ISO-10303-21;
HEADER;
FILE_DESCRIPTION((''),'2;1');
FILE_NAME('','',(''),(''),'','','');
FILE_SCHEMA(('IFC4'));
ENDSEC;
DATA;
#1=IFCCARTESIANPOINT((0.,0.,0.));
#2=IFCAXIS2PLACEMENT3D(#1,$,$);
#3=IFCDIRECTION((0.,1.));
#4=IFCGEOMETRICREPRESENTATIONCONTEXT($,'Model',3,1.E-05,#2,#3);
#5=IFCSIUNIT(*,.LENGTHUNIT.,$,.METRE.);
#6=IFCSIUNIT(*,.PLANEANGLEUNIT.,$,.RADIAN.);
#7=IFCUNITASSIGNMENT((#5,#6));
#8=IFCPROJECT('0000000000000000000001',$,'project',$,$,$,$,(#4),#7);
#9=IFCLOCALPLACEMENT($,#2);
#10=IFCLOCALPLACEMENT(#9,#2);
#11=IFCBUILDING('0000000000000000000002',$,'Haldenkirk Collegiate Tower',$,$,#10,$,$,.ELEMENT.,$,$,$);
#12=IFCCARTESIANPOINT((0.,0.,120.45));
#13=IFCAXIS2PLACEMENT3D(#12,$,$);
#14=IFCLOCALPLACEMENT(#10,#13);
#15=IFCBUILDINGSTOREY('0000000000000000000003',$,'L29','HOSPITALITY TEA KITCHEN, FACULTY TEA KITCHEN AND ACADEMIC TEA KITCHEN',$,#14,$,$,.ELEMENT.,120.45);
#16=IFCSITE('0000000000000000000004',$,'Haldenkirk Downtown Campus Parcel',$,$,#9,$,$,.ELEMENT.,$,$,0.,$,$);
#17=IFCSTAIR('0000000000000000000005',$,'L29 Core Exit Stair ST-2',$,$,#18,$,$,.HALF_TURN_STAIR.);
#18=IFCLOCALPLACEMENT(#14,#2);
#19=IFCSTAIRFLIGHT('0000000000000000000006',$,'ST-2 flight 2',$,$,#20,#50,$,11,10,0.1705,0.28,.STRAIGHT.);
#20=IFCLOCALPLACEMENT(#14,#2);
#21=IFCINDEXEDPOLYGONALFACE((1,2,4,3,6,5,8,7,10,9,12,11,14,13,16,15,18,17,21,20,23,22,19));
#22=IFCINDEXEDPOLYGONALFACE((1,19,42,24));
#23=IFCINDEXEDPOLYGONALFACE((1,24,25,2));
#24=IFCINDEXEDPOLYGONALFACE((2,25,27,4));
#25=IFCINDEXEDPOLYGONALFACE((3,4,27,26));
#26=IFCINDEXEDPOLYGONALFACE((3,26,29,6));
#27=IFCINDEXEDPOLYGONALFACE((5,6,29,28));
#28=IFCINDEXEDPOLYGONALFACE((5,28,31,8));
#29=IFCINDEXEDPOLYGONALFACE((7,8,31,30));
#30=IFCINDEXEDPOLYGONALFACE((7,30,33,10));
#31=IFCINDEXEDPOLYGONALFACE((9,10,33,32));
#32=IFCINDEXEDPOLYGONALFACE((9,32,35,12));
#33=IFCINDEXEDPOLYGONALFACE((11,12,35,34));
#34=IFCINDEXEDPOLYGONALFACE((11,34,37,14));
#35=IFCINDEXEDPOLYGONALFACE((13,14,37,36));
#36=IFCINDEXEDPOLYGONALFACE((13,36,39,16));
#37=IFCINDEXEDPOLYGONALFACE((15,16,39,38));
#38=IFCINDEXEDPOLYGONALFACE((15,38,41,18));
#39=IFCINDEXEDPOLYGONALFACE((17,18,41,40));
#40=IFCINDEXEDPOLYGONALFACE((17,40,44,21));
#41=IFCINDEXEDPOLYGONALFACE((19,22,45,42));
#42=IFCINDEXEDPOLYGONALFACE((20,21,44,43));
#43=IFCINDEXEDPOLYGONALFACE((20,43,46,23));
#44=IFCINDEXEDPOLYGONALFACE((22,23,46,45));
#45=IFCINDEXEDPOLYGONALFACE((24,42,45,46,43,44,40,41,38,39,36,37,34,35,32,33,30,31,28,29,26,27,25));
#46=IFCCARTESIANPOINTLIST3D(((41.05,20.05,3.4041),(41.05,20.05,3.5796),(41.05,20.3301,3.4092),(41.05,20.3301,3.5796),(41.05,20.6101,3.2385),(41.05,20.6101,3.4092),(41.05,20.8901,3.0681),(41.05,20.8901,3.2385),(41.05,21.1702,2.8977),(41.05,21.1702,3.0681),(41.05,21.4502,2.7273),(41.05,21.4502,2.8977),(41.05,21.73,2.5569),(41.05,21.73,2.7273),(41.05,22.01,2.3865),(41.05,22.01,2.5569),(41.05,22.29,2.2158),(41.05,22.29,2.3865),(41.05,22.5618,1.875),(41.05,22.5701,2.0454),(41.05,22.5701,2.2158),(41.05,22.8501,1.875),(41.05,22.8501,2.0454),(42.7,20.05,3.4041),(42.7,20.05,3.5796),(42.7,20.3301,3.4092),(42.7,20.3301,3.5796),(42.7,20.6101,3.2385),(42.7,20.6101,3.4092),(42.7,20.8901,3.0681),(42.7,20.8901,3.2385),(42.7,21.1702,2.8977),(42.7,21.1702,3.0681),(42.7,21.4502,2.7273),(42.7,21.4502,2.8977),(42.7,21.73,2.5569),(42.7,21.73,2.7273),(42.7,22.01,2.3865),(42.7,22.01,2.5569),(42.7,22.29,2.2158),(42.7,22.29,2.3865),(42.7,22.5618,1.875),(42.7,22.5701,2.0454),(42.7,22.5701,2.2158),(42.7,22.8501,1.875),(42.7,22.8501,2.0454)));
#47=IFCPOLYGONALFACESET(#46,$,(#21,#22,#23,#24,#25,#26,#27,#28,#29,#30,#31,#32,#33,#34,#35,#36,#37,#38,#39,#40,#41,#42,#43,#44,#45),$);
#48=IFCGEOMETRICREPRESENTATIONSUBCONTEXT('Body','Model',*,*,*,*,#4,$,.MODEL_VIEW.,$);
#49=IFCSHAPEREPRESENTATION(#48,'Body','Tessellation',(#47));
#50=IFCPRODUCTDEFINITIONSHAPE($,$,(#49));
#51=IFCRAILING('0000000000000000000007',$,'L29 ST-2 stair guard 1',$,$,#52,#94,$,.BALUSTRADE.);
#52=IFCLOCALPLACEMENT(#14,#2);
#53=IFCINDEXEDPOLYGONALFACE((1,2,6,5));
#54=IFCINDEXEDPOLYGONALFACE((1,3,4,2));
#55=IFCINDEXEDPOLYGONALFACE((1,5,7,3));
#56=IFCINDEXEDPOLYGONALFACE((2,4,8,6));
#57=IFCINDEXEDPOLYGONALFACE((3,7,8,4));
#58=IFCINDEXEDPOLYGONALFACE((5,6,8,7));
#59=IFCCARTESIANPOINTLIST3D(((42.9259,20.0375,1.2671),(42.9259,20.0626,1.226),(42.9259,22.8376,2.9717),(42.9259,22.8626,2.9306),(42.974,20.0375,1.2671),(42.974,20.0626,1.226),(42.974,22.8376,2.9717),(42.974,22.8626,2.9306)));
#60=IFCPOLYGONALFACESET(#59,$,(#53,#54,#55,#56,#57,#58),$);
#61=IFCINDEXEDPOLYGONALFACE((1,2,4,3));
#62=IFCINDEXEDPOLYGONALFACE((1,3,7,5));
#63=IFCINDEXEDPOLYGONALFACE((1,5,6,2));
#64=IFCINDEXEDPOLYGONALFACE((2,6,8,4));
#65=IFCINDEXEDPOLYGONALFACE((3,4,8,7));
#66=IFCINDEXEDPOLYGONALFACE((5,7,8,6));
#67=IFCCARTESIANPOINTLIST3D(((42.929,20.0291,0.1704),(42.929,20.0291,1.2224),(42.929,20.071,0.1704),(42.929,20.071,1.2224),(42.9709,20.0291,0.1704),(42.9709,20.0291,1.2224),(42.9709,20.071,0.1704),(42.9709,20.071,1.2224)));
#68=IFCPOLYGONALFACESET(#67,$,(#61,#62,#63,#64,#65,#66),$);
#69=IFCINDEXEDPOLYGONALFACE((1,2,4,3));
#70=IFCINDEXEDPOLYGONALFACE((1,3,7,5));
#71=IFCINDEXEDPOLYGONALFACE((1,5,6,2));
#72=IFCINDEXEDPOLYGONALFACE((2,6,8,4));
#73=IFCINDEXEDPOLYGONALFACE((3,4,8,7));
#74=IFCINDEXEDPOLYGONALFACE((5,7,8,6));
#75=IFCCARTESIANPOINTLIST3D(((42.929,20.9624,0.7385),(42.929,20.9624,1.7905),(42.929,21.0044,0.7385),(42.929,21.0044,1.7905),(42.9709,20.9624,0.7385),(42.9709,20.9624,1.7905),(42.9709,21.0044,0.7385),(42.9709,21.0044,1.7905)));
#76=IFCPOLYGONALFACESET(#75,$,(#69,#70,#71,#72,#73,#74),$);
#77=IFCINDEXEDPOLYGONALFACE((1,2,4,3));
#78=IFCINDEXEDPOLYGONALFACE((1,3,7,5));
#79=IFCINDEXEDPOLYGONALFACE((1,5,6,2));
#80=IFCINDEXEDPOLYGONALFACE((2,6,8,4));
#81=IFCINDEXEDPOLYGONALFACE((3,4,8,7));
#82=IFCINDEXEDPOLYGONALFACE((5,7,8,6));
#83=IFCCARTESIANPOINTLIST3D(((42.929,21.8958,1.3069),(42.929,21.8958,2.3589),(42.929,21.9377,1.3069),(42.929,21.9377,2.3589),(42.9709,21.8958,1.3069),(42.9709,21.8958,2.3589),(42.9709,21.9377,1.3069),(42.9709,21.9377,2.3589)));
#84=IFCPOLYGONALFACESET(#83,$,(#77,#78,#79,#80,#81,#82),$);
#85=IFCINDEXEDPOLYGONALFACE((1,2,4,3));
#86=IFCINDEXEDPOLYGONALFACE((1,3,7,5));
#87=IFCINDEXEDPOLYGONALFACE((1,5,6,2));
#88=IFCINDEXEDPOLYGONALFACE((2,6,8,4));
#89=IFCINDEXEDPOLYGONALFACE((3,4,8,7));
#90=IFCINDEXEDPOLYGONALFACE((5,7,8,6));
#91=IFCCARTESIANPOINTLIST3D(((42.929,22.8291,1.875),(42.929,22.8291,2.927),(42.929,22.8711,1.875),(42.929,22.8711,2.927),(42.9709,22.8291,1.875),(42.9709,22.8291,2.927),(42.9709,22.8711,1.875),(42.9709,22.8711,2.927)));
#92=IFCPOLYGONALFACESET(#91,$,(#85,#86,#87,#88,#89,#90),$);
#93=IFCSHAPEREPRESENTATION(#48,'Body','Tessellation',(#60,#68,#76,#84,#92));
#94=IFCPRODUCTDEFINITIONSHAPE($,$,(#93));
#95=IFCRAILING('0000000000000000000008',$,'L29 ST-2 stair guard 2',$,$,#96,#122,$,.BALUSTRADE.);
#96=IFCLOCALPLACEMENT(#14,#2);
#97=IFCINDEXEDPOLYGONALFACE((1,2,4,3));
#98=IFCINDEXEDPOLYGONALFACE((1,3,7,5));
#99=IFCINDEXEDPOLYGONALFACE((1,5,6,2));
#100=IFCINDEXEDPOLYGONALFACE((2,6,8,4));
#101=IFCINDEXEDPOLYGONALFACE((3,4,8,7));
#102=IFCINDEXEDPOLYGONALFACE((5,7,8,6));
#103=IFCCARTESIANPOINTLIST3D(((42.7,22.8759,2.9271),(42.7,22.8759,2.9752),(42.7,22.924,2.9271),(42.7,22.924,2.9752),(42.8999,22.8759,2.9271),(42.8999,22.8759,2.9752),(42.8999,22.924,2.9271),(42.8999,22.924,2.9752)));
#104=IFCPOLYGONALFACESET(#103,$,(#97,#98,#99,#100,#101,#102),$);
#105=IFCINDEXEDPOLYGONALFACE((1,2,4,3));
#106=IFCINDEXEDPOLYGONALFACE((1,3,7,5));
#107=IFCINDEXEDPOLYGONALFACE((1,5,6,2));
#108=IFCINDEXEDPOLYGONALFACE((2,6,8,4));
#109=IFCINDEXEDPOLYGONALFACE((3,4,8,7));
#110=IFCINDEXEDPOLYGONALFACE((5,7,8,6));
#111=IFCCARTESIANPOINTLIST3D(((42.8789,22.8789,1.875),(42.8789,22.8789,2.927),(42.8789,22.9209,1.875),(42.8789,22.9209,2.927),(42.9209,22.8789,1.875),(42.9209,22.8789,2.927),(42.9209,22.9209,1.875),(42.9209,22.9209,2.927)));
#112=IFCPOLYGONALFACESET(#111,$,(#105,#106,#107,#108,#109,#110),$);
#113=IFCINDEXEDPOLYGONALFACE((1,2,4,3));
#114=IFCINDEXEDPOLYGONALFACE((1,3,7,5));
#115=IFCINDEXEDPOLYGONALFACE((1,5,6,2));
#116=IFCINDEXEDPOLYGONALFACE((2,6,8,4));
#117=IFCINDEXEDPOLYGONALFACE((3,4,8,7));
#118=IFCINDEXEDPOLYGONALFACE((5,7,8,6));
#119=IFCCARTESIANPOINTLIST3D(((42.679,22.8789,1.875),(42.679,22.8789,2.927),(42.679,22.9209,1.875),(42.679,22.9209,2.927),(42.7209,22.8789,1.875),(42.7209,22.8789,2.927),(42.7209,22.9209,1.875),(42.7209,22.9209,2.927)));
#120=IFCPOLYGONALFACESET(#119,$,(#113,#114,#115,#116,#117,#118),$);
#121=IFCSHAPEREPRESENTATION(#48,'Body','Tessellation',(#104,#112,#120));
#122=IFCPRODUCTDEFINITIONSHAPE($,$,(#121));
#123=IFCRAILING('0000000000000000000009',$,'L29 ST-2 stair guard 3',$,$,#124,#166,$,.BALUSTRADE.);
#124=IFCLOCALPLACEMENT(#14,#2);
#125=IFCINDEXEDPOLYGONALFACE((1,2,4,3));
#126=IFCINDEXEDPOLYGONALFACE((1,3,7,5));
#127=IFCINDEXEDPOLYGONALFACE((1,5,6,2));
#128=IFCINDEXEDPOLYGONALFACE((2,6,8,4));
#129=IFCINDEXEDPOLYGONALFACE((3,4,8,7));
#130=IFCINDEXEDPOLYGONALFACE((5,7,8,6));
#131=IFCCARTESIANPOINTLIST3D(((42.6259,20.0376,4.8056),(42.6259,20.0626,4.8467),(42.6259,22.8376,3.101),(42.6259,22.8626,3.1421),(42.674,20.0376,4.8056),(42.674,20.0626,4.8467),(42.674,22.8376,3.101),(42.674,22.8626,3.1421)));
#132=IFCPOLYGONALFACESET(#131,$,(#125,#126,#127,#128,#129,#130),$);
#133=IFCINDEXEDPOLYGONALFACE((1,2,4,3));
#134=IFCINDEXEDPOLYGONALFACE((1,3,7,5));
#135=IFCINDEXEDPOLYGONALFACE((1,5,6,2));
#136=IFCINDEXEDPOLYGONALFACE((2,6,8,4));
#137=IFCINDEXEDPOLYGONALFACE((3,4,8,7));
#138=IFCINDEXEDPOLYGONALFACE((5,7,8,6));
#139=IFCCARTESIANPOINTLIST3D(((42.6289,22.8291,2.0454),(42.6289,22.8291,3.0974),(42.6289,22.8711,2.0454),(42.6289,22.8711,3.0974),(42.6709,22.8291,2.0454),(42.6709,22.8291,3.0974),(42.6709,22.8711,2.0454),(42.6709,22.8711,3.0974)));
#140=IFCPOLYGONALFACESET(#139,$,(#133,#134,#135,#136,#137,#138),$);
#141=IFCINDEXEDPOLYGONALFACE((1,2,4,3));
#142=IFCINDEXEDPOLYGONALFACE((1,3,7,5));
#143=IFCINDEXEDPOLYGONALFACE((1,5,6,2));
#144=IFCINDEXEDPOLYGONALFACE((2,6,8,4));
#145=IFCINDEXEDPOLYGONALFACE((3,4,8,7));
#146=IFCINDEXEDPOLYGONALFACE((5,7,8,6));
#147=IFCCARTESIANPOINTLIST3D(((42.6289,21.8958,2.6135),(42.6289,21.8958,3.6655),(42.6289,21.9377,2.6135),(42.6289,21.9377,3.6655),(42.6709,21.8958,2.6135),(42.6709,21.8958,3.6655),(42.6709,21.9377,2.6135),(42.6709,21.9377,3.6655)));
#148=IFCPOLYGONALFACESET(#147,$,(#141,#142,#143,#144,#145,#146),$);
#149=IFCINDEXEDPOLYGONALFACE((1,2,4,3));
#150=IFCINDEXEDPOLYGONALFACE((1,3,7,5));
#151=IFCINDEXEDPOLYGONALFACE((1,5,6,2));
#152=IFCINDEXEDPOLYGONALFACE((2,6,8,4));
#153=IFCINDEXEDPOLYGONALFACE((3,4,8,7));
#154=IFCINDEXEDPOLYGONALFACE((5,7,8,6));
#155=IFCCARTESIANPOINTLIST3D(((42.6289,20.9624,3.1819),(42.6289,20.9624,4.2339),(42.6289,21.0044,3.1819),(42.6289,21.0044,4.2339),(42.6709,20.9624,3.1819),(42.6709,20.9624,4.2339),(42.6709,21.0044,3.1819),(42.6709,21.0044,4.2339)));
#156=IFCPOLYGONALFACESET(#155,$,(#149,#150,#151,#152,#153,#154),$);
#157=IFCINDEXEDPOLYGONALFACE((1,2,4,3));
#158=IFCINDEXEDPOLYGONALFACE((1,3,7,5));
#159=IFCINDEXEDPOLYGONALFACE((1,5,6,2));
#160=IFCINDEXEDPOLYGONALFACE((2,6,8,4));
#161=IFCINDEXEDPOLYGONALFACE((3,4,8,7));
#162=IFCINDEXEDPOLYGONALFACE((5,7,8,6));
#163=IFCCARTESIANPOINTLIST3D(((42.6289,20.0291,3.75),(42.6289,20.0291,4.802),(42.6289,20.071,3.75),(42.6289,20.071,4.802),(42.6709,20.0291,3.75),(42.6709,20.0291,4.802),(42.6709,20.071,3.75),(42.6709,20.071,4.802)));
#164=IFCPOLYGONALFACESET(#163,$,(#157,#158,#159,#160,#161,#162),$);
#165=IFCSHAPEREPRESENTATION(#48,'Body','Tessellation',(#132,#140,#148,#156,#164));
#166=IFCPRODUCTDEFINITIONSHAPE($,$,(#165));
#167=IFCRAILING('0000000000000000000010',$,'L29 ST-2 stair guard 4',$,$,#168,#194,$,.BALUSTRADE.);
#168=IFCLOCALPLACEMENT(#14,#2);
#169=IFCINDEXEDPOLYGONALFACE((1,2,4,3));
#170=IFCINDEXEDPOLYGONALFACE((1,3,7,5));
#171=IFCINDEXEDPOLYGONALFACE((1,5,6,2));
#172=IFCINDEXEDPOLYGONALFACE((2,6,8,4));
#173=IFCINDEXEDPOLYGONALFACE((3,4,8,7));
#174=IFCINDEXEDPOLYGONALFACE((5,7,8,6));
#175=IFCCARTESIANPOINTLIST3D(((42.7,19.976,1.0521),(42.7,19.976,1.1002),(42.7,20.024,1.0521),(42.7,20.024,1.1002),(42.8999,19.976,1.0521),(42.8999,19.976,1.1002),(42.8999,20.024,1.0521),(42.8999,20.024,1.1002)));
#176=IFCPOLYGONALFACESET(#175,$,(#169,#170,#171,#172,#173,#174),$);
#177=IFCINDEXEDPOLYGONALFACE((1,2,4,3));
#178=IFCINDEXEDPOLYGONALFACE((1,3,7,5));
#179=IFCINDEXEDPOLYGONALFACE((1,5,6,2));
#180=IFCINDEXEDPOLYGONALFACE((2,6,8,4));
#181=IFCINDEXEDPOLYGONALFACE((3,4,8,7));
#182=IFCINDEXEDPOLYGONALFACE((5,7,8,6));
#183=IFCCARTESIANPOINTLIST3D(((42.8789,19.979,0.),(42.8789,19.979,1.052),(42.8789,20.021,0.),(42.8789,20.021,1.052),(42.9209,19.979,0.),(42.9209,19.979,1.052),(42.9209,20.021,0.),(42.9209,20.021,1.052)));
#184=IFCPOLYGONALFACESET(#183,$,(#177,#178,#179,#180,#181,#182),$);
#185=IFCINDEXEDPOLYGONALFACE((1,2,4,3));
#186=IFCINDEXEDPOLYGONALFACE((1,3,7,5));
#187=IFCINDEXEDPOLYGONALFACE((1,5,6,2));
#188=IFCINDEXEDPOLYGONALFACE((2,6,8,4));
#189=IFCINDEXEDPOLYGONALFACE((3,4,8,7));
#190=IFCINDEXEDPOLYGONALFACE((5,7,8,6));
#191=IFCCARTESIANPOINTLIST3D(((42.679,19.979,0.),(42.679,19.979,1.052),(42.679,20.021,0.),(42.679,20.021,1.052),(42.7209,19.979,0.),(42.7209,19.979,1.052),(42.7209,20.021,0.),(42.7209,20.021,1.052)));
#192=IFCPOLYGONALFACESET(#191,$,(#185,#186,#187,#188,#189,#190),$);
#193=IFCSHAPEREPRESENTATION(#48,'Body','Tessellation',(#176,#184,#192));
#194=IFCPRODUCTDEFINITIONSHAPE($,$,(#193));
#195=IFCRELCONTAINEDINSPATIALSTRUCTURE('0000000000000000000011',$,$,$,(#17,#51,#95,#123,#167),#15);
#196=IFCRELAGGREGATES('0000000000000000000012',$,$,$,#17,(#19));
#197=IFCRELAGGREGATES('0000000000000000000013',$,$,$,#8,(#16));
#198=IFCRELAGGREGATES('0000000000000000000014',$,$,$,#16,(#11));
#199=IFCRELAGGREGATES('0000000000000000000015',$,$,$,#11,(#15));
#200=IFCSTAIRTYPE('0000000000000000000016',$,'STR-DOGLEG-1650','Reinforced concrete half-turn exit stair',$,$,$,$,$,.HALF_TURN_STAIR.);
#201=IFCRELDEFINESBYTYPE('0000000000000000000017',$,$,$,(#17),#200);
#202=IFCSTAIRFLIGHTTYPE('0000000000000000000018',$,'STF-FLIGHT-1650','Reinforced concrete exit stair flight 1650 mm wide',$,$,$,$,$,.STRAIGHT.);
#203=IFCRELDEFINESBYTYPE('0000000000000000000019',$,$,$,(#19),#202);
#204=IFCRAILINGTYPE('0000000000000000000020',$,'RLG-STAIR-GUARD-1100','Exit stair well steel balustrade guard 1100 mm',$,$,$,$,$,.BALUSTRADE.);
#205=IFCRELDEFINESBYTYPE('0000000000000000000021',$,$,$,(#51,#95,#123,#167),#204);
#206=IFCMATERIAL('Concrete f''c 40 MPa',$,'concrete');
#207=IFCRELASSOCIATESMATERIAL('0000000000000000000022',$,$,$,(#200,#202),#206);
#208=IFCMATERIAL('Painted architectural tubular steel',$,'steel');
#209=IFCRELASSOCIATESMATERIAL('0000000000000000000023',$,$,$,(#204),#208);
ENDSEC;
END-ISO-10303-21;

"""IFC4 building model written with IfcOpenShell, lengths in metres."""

from ifc_helpers import new_model, si_unit, direction, frame, origin, origin_2d, place, context, subcontext, project, spatial, polyline, rectangle, outline, extrude, material, type_object, element, aggregate, save


model = new_model("IFC4")

# Units and contexts
model_context = context("Model", 3, precision=1e-05, world=origin(), true_north=direction((0.0, 1.0)))
body_context = subcontext(model_context, "Body", "Model", "MODEL_VIEW")
ifc_project = project(units=[si_unit("LENGTHUNIT", "METRE"), si_unit("PLANEANGLEUNIT", "RADIAN")], contexts=[model_context])

# Site, building, storey
site_placement = place(None, origin())
site = spatial("IfcSite", under=ifc_project, at=site_placement, Name="Haldenkirk Downtown Campus Parcel", CompositionType="ELEMENT", RefElevation=0.0)
building_placement = place(site_placement, origin())
building = spatial("IfcBuilding", under=site, at=building_placement, Name="Haldenkirk Collegiate Tower", CompositionType="ELEMENT")
storey_placement = place(building_placement, frame((0.0, 0.0, 120.45)))
storey = spatial("IfcBuildingStorey", under=building, at=storey_placement, Name="L29", Description="HOSPITALITY TEA KITCHEN, FACULTY TEA KITCHEN AND ACADEMIC TEA KITCHEN", CompositionType="ELEMENT", Elevation=120.45)

# Stair, stair flight
ifc_material_1 = material(Name="Concrete f'c 40 MPa", Category="concrete")
stair_type = type_object("IfcStairType", Name="STR-DOGLEG-1650", Description="Reinforced concrete half-turn exit stair", PredefinedType="HALF_TURN_STAIR", material=ifc_material_1)
stair_placement = place(storey_placement, origin())
stair = element("IfcStair", 1, at=stair_placement, inside=storey, type_object=stair_type, Name="L29 Core Exit Stair ST-2", PredefinedType="HALF_TURN_STAIR")
stair_flight_type = type_object("IfcStairFlightType", Name="STF-FLIGHT-1650", Description="Reinforced concrete exit stair flight 1650 mm wide", PredefinedType="STRAIGHT", material=ifc_material_1)
stair_flight_1_placement = place(storey_placement, frame((41.875, 22.8501, 1.875), z_axis=(0.0, 0.0, 1.0), x_axis=(0.0, -1.0, 0.0)))
stair_flight_1 = element("IfcStairFlight", 2, at=stair_flight_1_placement, type_object=stair_flight_type, Name="ST-2 flight 2", NumberOfRisers=11, NumberOfTreads=10, PredefinedType="STRAIGHT", RiserHeight=0.1705, TreadLength=0.28, context=body_context, shape_type="SweptSolid", body=[
    extrude(outline(polyline([(0.0, 0.0), (0.0, 0.1704), (0.28, 0.1704), (0.28, 0.3408), (0.5601, 0.3408), (0.5601, 0.5115), (0.8401, 0.5115), (0.8401, 0.6819), (1.1201, 0.6819), (1.1201, 0.8523), (1.3999, 0.8523), (1.3999, 1.0227), (1.6799, 1.0227), (1.6799, 1.1931), (1.96, 1.1931), (1.96, 1.3635), (2.24, 1.3635), (2.24, 1.5342), (2.52, 1.5342), (2.52, 1.7046), (2.8, 1.7046), (2.8, 1.875), (2.8, 1.5291), (0.2883, 0.0), (0.0, 0.0)])), frame((0.0, 0.825, 0.0), z_axis=(0.0, -1.0, 0.0), x_axis=(1.0, 0.0, 0.0)), (0.0, 0.0, 1.0), 1.6499),
])
aggregate(stair, [stair_flight_1])

# Railings
ifc_material_2 = material(Name="Painted architectural tubular steel", Category="steel")
railing_type_1 = type_object("IfcRailingType", Name="RLG-STAIR-GUARD-1100", Description="Exit stair well steel balustrade guard 1100 mm", PredefinedType="BALUSTRADE", material=ifc_material_2)
railing_1_placement = place(storey_placement, frame((42.95, 20.05, 0.1704)))
element("IfcRailing", 3, at=railing_1_placement, inside=storey, type_object=railing_type_1, Name="L29 ST-2 stair guard 1", PredefinedType="BALUSTRADE", context=body_context, shape_type="SweptSolid", body=[
    extrude(rectangle(XDim=0.0481, YDim=0.0481, at=origin_2d()), frame((0.0, 0.0, 1.0762), z_axis=(0.0, 0.85417, 0.519994), x_axis=(-1.0, 0.0, 0.0)), (0.0, 0.0, 1.0), 3.2781),
    extrude(rectangle(XDim=0.042, YDim=0.042, at=origin_2d()), origin(), (0.0, 0.0, 1.0), 1.052),
    extrude(rectangle(XDim=0.042, YDim=0.042, at=origin_2d()), frame((0.0, 0.9333, 0.5681)), (0.0, 0.0, 1.0), 1.052),
    extrude(rectangle(XDim=0.042, YDim=0.042, at=origin_2d()), frame((0.0, 1.8667, 1.1365)), (0.0, 0.0, 1.0), 1.052),
    extrude(rectangle(XDim=0.042, YDim=0.042, at=origin_2d()), frame((0.0, 2.8, 1.7046)), (0.0, 0.0, 1.0), 1.052),
])
railing_2_placement = place(storey_placement, frame((42.8999, 22.8999, 1.875)))
element("IfcRailing", 4, at=railing_2_placement, inside=storey, type_object=railing_type_1, Name="L29 ST-2 stair guard 2", PredefinedType="BALUSTRADE", context=body_context, shape_type="SweptSolid", body=[
    extrude(rectangle(XDim=0.0481, YDim=0.0481, at=origin_2d()), frame((0.0, 0.0, 1.0762), z_axis=(-1.0, 0.0, 0.0), x_axis=(0.0, -1.0, 0.0)), (0.0, 0.0, 1.0), 0.2),
    extrude(rectangle(XDim=0.042, YDim=0.042, at=origin_2d()), origin(), (0.0, 0.0, 1.0), 1.052),
    extrude(rectangle(XDim=0.042, YDim=0.042, at=origin_2d()), frame((-0.2, 0.0, 0.0)), (0.0, 0.0, 1.0), 1.052),
])
railing_3_placement = place(storey_placement, frame((42.6499, 22.8501, 2.0454)))
element("IfcRailing", 5, at=railing_3_placement, inside=storey, type_object=railing_type_1, Name="L29 ST-2 stair guard 3", PredefinedType="BALUSTRADE", context=body_context, shape_type="SweptSolid", body=[
    extrude(rectangle(XDim=0.0481, YDim=0.0481, at=origin_2d()), frame((0.0, 0.0, 1.0762), z_axis=(0.0, -0.85417, 0.519994), x_axis=(1.0, 0.0, 0.0)), (0.0, 0.0, 1.0), 3.2781),
    extrude(rectangle(XDim=0.042, YDim=0.042, at=origin_2d()), origin(), (0.0, 0.0, 1.0), 1.052),
    extrude(rectangle(XDim=0.042, YDim=0.042, at=origin_2d()), frame((0.0, -0.9333, 0.5681)), (0.0, 0.0, 1.0), 1.052),
    extrude(rectangle(XDim=0.042, YDim=0.042, at=origin_2d()), frame((0.0, -1.8667, 1.1365)), (0.0, 0.0, 1.0), 1.052),
    extrude(rectangle(XDim=0.042, YDim=0.042, at=origin_2d()), frame((0.0, -2.8, 1.7046)), (0.0, 0.0, 1.0), 1.052),
])
railing_4_placement = place(storey_placement, frame((42.8999, 20.0, 0.0)))
element("IfcRailing", 6, at=railing_4_placement, inside=storey, type_object=railing_type_1, Name="L29 ST-2 stair guard 4", PredefinedType="BALUSTRADE", context=body_context, shape_type="SweptSolid", body=[
    extrude(rectangle(XDim=0.0481, YDim=0.0481, at=origin_2d()), frame((0.0, 0.0, 1.0762), z_axis=(-1.0, 0.0, 0.0), x_axis=(0.0, -1.0, 0.0)), (0.0, 0.0, 1.0), 0.2),
    extrude(rectangle(XDim=0.042, YDim=0.042, at=origin_2d()), origin(), (0.0, 0.0, 1.0), 1.052),
    extrude(rectangle(XDim=0.042, YDim=0.042, at=origin_2d()), frame((-0.2, 0.0, 0.0)), (0.0, 0.0, 1.0), 1.052),
])

save(model, "model.ifc")
